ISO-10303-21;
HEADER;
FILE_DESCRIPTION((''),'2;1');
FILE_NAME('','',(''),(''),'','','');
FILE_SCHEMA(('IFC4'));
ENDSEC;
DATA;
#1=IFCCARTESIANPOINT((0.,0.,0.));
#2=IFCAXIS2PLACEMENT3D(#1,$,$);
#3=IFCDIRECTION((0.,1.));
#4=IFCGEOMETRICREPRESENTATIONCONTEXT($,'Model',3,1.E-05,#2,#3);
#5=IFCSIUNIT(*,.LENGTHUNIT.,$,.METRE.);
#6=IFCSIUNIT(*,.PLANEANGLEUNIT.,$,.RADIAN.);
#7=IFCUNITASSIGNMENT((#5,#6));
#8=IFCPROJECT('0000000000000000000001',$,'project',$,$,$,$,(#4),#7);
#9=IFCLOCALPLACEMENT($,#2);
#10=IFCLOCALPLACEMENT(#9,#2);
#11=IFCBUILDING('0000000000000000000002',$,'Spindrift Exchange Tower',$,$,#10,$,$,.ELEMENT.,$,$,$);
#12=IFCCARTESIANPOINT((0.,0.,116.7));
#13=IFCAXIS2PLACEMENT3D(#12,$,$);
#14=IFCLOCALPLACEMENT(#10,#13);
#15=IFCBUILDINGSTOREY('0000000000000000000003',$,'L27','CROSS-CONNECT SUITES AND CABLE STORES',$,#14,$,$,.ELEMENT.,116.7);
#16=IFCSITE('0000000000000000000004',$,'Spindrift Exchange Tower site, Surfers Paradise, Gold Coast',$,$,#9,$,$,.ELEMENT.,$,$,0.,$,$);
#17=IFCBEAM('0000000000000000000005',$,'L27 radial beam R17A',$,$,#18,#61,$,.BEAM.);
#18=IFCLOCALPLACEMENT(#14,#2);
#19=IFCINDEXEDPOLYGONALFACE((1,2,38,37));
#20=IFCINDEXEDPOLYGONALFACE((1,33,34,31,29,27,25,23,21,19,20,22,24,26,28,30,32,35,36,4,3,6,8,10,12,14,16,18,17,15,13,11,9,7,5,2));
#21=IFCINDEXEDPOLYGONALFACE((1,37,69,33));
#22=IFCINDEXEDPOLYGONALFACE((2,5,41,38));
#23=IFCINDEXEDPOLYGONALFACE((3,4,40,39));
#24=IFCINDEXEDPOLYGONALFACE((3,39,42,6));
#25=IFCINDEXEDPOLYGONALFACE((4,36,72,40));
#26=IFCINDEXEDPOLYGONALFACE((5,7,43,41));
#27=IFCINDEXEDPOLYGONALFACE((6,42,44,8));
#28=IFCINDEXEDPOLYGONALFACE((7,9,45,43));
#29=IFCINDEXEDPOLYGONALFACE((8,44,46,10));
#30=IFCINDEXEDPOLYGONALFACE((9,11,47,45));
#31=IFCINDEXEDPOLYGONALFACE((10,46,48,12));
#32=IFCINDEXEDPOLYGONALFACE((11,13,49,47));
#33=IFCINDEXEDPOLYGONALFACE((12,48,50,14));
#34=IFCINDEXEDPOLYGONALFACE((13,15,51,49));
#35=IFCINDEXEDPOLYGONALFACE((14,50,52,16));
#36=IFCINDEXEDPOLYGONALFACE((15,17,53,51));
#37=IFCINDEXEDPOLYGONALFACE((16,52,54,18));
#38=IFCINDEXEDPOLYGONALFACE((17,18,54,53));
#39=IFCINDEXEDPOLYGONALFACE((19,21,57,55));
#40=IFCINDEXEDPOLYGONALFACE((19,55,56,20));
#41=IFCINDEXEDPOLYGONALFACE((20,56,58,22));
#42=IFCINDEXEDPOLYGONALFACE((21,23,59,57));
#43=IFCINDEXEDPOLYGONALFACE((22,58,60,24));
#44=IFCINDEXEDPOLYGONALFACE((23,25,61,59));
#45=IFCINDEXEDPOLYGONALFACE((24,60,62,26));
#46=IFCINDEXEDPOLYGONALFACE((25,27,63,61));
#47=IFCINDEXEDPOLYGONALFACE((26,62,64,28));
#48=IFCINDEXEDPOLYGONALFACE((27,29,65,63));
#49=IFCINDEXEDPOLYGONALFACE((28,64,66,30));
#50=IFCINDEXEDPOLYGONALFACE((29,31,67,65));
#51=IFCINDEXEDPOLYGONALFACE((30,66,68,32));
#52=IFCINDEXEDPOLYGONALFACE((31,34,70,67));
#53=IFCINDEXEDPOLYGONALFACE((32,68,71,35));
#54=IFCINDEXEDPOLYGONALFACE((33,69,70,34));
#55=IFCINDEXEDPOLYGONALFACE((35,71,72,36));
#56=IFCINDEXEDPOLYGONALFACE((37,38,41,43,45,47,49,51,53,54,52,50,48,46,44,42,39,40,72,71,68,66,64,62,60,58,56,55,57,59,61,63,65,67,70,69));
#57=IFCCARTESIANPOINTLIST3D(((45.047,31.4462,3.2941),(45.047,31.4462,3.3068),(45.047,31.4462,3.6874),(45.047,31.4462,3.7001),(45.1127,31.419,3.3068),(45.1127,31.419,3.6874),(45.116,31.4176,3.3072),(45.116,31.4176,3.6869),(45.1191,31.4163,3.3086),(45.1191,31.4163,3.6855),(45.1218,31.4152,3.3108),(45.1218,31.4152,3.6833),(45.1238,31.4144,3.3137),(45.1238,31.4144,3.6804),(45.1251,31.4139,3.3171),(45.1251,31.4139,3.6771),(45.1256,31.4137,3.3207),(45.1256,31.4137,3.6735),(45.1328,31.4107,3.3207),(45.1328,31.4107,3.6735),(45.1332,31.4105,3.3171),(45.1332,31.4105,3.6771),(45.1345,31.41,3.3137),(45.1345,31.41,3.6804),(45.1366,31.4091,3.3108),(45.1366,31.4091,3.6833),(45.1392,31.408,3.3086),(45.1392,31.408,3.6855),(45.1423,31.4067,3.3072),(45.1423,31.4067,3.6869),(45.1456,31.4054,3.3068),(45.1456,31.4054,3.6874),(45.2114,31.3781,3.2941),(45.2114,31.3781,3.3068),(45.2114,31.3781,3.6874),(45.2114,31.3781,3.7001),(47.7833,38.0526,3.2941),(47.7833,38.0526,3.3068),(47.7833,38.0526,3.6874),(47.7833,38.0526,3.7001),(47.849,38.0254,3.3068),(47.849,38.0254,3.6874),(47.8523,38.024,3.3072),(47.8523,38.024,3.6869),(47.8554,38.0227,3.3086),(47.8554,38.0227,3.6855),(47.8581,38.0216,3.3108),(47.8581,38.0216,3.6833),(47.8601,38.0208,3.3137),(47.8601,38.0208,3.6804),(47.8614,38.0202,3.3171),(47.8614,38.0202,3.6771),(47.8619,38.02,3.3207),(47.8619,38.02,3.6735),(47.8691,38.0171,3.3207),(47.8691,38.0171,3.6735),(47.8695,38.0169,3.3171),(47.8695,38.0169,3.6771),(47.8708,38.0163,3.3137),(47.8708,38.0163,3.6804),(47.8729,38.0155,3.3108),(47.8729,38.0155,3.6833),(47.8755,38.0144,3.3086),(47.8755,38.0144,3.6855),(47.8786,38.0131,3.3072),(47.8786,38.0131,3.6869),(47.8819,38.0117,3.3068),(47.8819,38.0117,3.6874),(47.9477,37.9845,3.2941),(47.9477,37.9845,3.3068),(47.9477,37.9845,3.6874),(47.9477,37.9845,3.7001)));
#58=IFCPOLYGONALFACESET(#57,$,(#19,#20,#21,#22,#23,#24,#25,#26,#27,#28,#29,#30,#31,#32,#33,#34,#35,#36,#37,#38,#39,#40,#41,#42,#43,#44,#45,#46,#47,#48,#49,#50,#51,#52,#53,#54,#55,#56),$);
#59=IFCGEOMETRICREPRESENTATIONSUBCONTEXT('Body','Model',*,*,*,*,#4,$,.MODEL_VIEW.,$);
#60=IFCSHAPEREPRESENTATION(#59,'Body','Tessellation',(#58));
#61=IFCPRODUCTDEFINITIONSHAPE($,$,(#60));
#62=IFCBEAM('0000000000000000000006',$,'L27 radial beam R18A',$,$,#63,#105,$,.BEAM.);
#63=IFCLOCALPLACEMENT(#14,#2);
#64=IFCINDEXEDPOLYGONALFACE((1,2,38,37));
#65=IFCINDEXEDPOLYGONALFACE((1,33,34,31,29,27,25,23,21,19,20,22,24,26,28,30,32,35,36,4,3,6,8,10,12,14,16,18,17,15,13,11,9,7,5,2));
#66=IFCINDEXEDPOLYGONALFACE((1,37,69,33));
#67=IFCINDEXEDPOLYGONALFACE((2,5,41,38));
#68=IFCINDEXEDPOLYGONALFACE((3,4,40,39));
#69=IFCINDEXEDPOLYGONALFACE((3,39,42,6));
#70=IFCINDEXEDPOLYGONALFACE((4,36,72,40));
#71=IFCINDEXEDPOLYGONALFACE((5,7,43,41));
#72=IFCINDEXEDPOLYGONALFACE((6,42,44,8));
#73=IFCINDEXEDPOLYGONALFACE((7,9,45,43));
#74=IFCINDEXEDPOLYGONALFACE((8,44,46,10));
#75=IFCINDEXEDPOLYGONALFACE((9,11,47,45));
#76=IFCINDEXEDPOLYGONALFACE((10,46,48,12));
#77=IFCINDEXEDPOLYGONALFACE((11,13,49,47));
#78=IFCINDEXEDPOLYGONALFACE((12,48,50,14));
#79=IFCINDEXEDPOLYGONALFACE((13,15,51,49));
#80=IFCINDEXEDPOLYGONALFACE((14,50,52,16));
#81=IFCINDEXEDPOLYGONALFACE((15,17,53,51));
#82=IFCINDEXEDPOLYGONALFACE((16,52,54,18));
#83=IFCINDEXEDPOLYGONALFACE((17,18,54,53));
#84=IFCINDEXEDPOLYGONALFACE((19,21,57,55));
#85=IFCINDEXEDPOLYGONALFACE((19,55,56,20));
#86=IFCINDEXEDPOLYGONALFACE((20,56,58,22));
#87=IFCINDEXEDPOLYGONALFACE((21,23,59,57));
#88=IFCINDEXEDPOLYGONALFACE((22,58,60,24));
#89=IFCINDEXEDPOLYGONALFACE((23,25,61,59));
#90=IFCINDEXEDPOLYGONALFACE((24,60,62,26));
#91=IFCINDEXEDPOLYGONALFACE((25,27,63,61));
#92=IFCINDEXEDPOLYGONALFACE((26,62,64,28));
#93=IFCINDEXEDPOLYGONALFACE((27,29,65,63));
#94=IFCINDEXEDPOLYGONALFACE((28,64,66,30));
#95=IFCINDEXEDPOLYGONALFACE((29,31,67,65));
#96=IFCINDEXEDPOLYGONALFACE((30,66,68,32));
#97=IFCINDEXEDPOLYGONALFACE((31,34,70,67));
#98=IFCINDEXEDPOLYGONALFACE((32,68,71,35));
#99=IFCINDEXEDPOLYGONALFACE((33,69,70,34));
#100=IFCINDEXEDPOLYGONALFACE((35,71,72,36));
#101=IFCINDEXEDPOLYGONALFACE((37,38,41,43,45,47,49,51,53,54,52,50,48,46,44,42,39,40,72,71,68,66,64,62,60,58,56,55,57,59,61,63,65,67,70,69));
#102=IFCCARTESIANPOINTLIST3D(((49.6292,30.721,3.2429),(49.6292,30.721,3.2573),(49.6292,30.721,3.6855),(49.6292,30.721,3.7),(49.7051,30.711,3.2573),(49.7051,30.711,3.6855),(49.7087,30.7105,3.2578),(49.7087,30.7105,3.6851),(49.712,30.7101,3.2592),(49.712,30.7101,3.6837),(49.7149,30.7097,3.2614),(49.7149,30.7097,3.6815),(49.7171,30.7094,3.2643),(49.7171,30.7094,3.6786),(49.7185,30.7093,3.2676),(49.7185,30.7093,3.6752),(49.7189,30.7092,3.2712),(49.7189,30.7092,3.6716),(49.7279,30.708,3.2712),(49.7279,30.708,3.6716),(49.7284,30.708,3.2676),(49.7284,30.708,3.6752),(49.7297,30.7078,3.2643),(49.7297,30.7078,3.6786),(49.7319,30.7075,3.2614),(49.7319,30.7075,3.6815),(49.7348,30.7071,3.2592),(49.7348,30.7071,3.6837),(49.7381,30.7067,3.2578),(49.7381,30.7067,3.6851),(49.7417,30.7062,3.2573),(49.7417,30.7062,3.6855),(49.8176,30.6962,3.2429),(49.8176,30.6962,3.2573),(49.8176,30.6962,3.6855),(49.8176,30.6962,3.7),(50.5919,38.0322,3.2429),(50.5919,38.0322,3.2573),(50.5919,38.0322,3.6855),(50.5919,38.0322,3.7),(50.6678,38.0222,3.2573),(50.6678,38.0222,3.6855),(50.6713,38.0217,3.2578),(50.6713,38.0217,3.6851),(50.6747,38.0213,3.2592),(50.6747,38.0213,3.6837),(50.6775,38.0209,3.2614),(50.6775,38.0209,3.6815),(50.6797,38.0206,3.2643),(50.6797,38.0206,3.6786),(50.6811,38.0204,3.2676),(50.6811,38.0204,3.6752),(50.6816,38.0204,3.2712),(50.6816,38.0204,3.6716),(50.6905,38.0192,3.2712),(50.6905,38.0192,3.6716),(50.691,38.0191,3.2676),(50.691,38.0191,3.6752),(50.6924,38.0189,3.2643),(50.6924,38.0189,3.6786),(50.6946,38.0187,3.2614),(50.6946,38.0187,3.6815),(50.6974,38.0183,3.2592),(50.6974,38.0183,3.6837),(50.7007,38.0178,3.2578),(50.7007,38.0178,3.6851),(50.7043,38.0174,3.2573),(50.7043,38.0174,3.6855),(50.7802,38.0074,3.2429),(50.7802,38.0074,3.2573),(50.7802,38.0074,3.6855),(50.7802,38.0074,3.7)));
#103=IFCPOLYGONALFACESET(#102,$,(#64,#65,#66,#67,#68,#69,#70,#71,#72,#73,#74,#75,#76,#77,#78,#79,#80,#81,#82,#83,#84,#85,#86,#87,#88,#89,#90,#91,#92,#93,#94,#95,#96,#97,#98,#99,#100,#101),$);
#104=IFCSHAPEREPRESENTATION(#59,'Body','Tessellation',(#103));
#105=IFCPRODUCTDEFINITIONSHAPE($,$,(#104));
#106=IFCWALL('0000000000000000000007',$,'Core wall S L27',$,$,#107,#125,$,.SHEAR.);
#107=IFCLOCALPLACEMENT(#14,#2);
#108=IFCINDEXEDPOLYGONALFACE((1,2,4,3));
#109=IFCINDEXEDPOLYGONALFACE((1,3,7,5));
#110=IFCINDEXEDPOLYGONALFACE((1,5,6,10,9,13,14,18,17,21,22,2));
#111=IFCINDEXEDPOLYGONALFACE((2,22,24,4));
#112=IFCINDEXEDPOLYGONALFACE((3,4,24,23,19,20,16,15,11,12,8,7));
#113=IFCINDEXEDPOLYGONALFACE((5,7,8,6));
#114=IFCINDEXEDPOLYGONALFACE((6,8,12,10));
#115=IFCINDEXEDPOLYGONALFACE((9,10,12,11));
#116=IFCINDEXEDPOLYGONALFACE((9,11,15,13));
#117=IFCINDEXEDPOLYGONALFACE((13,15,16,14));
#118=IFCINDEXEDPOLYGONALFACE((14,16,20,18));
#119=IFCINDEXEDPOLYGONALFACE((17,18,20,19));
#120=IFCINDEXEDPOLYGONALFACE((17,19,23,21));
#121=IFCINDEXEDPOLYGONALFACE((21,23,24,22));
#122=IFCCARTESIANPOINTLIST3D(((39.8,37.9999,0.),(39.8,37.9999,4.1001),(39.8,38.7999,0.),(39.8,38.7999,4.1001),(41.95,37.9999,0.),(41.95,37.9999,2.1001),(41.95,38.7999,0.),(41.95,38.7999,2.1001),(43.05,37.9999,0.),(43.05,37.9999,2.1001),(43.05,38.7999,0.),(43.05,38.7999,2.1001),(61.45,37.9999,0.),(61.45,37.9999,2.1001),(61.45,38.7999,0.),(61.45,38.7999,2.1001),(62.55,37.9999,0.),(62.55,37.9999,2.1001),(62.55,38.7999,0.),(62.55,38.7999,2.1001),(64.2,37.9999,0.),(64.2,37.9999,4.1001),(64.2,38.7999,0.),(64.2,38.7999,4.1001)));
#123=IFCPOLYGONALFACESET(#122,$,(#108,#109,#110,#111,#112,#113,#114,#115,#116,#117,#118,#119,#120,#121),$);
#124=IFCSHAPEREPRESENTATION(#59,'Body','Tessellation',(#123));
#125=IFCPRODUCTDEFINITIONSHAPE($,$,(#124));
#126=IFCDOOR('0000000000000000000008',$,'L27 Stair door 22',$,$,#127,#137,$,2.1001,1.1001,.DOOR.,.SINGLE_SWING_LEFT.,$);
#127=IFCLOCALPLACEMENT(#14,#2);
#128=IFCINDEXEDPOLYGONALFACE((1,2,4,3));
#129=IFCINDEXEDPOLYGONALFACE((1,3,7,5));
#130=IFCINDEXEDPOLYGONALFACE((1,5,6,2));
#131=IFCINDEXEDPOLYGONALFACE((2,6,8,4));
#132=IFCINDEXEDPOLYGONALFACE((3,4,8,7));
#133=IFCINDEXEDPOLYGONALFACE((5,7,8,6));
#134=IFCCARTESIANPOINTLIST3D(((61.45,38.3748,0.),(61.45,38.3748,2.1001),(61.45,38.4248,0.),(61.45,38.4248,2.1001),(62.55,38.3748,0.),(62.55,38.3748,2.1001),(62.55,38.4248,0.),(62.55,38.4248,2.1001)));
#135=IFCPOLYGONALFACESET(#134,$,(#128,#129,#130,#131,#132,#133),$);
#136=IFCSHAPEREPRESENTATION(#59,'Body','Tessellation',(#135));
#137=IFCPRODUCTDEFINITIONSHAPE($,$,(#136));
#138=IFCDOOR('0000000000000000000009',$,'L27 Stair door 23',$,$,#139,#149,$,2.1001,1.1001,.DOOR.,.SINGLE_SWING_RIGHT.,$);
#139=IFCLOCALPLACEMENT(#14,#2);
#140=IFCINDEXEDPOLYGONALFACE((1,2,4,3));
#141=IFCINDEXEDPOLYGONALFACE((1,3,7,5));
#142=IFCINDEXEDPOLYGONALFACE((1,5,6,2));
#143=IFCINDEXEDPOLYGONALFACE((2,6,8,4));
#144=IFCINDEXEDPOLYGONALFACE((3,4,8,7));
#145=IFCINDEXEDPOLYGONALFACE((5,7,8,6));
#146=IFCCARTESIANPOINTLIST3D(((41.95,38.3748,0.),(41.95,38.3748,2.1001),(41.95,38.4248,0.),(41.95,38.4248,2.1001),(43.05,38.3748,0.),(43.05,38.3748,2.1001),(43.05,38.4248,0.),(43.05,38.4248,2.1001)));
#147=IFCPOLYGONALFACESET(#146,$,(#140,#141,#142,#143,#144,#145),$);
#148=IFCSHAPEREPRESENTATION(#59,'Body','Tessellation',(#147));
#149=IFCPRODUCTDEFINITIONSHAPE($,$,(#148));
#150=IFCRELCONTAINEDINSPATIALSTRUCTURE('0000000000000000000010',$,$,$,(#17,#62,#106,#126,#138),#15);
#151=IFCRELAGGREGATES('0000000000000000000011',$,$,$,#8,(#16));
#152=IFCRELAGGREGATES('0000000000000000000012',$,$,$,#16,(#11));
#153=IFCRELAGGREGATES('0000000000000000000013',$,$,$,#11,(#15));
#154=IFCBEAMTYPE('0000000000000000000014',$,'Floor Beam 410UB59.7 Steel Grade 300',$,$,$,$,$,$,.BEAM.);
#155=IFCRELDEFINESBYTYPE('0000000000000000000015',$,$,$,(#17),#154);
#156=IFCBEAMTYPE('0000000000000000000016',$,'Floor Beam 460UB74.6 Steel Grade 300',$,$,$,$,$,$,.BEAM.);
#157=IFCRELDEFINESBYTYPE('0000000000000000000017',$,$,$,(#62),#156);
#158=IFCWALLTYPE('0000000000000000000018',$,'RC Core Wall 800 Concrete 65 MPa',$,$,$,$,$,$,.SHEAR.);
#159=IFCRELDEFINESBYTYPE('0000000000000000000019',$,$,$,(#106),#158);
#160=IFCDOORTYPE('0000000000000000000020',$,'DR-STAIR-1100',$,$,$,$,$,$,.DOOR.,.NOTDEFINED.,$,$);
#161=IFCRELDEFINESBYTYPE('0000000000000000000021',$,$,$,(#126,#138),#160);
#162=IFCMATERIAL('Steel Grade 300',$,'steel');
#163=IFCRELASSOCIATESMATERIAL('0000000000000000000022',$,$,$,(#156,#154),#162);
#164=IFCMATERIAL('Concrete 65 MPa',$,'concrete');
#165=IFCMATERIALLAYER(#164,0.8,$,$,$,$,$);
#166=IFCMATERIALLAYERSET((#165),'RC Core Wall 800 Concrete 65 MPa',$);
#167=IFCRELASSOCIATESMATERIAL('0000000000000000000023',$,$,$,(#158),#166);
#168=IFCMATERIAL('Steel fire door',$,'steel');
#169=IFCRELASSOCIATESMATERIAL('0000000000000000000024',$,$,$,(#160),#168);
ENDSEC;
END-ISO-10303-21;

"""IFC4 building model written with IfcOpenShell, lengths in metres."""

from ifc_helpers import new_model, si_unit, direction, frame, frame_2d, origin, origin_2d, place, context, subcontext, project, spatial, rectangle, i_section, extrude, source, transform, mapped, material, layer, layer_set, material_profile, profile_set, type_object, element, fill, save


model = new_model("IFC4")

# Units and contexts
model_context = context("Model", 3, precision=1e-05, world=origin(), true_north=direction((0.0, 1.0)))
body_context = subcontext(model_context, "Body", "Model", "MODEL_VIEW")
ifc_project = project(units=[si_unit("LENGTHUNIT", "METRE"), si_unit("PLANEANGLEUNIT", "RADIAN")], contexts=[model_context])

# Site, building, storey
site_placement = place(None, origin())
site = spatial("IfcSite", under=ifc_project, at=site_placement, Name="Spindrift Exchange Tower site, Surfers Paradise, Gold Coast", CompositionType="ELEMENT", RefElevation=0.0)
building_placement = place(site_placement, origin())
building = spatial("IfcBuilding", under=site, at=building_placement, Name="Spindrift Exchange Tower", CompositionType="ELEMENT")
storey_placement = place(building_placement, frame((0.0, 0.0, 116.7)))
storey = spatial("IfcBuildingStorey", under=building, at=storey_placement, Name="L27", Description="CROSS-CONNECT SUITES AND CABLE STORES", CompositionType="ELEMENT", Elevation=116.7)

# Beams
ifc_material_1 = material(Name="Steel Grade 300", Category="steel")
ifc_material_profile_1 = material_profile(ifc_material_1, i_section(OverallWidth=0.1899, OverallDepth=0.457, WebThickness=0.009, FlangeThickness=0.0144, FilletRadius=0.0139, at=origin_2d()), Name="460UB74.6")
ifc_profile_set_1 = profile_set([ifc_material_profile_1], Name="Steel Grade 300")
beam_type_1 = type_object("IfcBeamType", Name="Floor Beam 460UB74.6 Steel Grade 300", PredefinedType="BEAM", material=ifc_profile_set_1)
ifc_material_profile_2 = material_profile(ifc_material_1, i_section(OverallWidth=0.178, OverallDepth=0.406, WebThickness=0.0078, FlangeThickness=0.0127, FilletRadius=0.0139, at=origin_2d()), Name="410UB59.7")
ifc_profile_set_2 = profile_set([ifc_material_profile_2], Name="Steel Grade 300")
beam_type_2 = type_object("IfcBeamType", Name="Floor Beam 410UB59.7 Steel Grade 300", PredefinedType="BEAM", material=ifc_profile_set_2)
shared_shape_1 = source(origin(), body_context, "Body", "SweptSolid", [
    extrude(i_section(OverallWidth=0.178, OverallDepth=0.406, WebThickness=0.0078, FlangeThickness=0.0127, FilletRadius=0.0139, at=origin_2d()), origin(), (0.0, 0.0, 1.0), 7.1506),
])
beam_1_placement = place(storey_placement, frame((47.8655, 38.0186, 3.4971), z_axis=(-0.382665, -0.923887, 0.0), x_axis=(0.923887, -0.382665, 0.0)))
element("IfcBeam", 1, at=beam_1_placement, inside=storey, type_object=beam_type_2, Name="L27 radial beam R17A", PredefinedType="BEAM", context=body_context, shape_type="MappedRepresentation", body=[
    mapped(shared_shape_1, transform((0.0, 0.0, 0.0), scale=1.0)),
])
shared_shape_2 = source(origin(), body_context, "Body", "SweptSolid", [
    extrude(i_section(OverallWidth=0.1899, OverallDepth=0.457, WebThickness=0.009, FlangeThickness=0.0144, FilletRadius=0.0139, at=origin_2d()), origin(), (0.0, 0.0, 1.0), 7.3743),
])
beam_2_placement = place(storey_placement, frame((50.686, 38.0198, 3.4714), z_axis=(-0.130539, -0.991443, 0.0), x_axis=(0.991443, -0.130539, 0.0)))
element("IfcBeam", 2, at=beam_2_placement, inside=storey, type_object=beam_type_1, Name="L27 radial beam R18A", PredefinedType="BEAM", context=body_context, shape_type="MappedRepresentation", body=[
    mapped(shared_shape_2, transform((0.0, 0.0, 0.0), scale=1.0)),
])

# Wall, openings, doors
ifc_material_2 = material(Name="Concrete 65 MPa", Category="concrete")
ifc_layer_1 = layer(ifc_material_2, 0.8)
ifc_layer_set_1 = layer_set([ifc_layer_1], Name="RC Core Wall 800 Concrete 65 MPa")
wall_type_1 = type_object("IfcWallType", Name="RC Core Wall 800 Concrete 65 MPa", PredefinedType="SHEAR", material=ifc_layer_set_1)
wall_1_placement = place(storey_placement, frame((39.8, 38.3999, 0.0), z_axis=(0.0, 0.0, 1.0), x_axis=(1.0, 0.0, 0.0)))
wall_1 = element("IfcWall", 3, at=wall_1_placement, inside=storey, type_object=wall_type_1, Name="Core wall S L27", PredefinedType="SHEAR", context=body_context, shape_type="SweptSolid", body=[
    extrude(rectangle(XDim=24.3999, YDim=0.8, at=frame_2d((12.2, 0.0))), origin(), (0.0, 0.0, 1.0), 4.1001),
])
opening_1_placement = place(wall_1_placement, frame((21.6499, 0.0, 0.0)))
opening_1 = element("IfcOpeningElement", 4, at=opening_1_placement, cuts=wall_1, PredefinedType="OPENING", context=body_context, shape_type="SweptSolid", body=[
    extrude(rectangle(XDim=1.1001, YDim=2.1001, at=frame_2d((0.55, 1.05))), frame((0.0, 0.4099, 0.0), z_axis=(0.0, -1.0, 0.0), x_axis=(1.0, 0.0, 0.0)), (0.0, 0.0, 1.0), 0.8201),
])
opening_2_placement = place(wall_1_placement, frame((2.1499, 0.0, 0.0)))
opening_2 = element("IfcOpeningElement", 5, at=opening_2_placement, cuts=wall_1, PredefinedType="OPENING", context=body_context, shape_type="SweptSolid", body=[
    extrude(rectangle(XDim=1.1001, YDim=2.1001, at=frame_2d((0.55, 1.05))), frame((0.0, 0.4099, 0.0), z_axis=(0.0, -1.0, 0.0), x_axis=(1.0, 0.0, 0.0)), (0.0, 0.0, 1.0), 0.8201),
])
ifc_material_3 = material(Name="Steel fire door", Category="steel")
door_type_1 = type_object("IfcDoorType", Name="DR-STAIR-1100", OperationType="NOTDEFINED", PredefinedType="DOOR", material=ifc_material_3)
shared_shape_3 = source(origin(), body_context, "Body", "SweptSolid", [
    extrude(rectangle(XDim=1.1001, YDim=2.1001, at=frame_2d((0.55, 1.05))), frame((0.0, 0.0249, 0.0), z_axis=(0.0, -1.0, 0.0), x_axis=(1.0, 0.0, 0.0)), (0.0, 0.0, 1.0), 0.05),
])
door_1_placement = place(opening_1_placement, origin())
door_1 = element("IfcDoor", 6, at=door_1_placement, inside=storey, type_object=door_type_1, Name="L27 Stair door 22", OperationType="SINGLE_SWING_LEFT", OverallHeight=2.1001, OverallWidth=1.1001, PredefinedType="DOOR", context=body_context, shape_type="MappedRepresentation", body=[
    mapped(shared_shape_3, transform((0.0, 0.0, 0.0), scale=1.0)),
])
fill(opening_1, door_1)
door_2_placement = place(opening_2_placement, origin())
door_2 = element("IfcDoor", 7, at=door_2_placement, inside=storey, type_object=door_type_1, Name="L27 Stair door 23", OperationType="SINGLE_SWING_RIGHT", OverallHeight=2.1001, OverallWidth=1.1001, PredefinedType="DOOR", context=body_context, shape_type="MappedRepresentation", body=[
    mapped(shared_shape_3, transform((0.0, 0.0, 0.0), scale=1.0)),
])
fill(opening_2, door_2)

save(model, "model.ifc")
